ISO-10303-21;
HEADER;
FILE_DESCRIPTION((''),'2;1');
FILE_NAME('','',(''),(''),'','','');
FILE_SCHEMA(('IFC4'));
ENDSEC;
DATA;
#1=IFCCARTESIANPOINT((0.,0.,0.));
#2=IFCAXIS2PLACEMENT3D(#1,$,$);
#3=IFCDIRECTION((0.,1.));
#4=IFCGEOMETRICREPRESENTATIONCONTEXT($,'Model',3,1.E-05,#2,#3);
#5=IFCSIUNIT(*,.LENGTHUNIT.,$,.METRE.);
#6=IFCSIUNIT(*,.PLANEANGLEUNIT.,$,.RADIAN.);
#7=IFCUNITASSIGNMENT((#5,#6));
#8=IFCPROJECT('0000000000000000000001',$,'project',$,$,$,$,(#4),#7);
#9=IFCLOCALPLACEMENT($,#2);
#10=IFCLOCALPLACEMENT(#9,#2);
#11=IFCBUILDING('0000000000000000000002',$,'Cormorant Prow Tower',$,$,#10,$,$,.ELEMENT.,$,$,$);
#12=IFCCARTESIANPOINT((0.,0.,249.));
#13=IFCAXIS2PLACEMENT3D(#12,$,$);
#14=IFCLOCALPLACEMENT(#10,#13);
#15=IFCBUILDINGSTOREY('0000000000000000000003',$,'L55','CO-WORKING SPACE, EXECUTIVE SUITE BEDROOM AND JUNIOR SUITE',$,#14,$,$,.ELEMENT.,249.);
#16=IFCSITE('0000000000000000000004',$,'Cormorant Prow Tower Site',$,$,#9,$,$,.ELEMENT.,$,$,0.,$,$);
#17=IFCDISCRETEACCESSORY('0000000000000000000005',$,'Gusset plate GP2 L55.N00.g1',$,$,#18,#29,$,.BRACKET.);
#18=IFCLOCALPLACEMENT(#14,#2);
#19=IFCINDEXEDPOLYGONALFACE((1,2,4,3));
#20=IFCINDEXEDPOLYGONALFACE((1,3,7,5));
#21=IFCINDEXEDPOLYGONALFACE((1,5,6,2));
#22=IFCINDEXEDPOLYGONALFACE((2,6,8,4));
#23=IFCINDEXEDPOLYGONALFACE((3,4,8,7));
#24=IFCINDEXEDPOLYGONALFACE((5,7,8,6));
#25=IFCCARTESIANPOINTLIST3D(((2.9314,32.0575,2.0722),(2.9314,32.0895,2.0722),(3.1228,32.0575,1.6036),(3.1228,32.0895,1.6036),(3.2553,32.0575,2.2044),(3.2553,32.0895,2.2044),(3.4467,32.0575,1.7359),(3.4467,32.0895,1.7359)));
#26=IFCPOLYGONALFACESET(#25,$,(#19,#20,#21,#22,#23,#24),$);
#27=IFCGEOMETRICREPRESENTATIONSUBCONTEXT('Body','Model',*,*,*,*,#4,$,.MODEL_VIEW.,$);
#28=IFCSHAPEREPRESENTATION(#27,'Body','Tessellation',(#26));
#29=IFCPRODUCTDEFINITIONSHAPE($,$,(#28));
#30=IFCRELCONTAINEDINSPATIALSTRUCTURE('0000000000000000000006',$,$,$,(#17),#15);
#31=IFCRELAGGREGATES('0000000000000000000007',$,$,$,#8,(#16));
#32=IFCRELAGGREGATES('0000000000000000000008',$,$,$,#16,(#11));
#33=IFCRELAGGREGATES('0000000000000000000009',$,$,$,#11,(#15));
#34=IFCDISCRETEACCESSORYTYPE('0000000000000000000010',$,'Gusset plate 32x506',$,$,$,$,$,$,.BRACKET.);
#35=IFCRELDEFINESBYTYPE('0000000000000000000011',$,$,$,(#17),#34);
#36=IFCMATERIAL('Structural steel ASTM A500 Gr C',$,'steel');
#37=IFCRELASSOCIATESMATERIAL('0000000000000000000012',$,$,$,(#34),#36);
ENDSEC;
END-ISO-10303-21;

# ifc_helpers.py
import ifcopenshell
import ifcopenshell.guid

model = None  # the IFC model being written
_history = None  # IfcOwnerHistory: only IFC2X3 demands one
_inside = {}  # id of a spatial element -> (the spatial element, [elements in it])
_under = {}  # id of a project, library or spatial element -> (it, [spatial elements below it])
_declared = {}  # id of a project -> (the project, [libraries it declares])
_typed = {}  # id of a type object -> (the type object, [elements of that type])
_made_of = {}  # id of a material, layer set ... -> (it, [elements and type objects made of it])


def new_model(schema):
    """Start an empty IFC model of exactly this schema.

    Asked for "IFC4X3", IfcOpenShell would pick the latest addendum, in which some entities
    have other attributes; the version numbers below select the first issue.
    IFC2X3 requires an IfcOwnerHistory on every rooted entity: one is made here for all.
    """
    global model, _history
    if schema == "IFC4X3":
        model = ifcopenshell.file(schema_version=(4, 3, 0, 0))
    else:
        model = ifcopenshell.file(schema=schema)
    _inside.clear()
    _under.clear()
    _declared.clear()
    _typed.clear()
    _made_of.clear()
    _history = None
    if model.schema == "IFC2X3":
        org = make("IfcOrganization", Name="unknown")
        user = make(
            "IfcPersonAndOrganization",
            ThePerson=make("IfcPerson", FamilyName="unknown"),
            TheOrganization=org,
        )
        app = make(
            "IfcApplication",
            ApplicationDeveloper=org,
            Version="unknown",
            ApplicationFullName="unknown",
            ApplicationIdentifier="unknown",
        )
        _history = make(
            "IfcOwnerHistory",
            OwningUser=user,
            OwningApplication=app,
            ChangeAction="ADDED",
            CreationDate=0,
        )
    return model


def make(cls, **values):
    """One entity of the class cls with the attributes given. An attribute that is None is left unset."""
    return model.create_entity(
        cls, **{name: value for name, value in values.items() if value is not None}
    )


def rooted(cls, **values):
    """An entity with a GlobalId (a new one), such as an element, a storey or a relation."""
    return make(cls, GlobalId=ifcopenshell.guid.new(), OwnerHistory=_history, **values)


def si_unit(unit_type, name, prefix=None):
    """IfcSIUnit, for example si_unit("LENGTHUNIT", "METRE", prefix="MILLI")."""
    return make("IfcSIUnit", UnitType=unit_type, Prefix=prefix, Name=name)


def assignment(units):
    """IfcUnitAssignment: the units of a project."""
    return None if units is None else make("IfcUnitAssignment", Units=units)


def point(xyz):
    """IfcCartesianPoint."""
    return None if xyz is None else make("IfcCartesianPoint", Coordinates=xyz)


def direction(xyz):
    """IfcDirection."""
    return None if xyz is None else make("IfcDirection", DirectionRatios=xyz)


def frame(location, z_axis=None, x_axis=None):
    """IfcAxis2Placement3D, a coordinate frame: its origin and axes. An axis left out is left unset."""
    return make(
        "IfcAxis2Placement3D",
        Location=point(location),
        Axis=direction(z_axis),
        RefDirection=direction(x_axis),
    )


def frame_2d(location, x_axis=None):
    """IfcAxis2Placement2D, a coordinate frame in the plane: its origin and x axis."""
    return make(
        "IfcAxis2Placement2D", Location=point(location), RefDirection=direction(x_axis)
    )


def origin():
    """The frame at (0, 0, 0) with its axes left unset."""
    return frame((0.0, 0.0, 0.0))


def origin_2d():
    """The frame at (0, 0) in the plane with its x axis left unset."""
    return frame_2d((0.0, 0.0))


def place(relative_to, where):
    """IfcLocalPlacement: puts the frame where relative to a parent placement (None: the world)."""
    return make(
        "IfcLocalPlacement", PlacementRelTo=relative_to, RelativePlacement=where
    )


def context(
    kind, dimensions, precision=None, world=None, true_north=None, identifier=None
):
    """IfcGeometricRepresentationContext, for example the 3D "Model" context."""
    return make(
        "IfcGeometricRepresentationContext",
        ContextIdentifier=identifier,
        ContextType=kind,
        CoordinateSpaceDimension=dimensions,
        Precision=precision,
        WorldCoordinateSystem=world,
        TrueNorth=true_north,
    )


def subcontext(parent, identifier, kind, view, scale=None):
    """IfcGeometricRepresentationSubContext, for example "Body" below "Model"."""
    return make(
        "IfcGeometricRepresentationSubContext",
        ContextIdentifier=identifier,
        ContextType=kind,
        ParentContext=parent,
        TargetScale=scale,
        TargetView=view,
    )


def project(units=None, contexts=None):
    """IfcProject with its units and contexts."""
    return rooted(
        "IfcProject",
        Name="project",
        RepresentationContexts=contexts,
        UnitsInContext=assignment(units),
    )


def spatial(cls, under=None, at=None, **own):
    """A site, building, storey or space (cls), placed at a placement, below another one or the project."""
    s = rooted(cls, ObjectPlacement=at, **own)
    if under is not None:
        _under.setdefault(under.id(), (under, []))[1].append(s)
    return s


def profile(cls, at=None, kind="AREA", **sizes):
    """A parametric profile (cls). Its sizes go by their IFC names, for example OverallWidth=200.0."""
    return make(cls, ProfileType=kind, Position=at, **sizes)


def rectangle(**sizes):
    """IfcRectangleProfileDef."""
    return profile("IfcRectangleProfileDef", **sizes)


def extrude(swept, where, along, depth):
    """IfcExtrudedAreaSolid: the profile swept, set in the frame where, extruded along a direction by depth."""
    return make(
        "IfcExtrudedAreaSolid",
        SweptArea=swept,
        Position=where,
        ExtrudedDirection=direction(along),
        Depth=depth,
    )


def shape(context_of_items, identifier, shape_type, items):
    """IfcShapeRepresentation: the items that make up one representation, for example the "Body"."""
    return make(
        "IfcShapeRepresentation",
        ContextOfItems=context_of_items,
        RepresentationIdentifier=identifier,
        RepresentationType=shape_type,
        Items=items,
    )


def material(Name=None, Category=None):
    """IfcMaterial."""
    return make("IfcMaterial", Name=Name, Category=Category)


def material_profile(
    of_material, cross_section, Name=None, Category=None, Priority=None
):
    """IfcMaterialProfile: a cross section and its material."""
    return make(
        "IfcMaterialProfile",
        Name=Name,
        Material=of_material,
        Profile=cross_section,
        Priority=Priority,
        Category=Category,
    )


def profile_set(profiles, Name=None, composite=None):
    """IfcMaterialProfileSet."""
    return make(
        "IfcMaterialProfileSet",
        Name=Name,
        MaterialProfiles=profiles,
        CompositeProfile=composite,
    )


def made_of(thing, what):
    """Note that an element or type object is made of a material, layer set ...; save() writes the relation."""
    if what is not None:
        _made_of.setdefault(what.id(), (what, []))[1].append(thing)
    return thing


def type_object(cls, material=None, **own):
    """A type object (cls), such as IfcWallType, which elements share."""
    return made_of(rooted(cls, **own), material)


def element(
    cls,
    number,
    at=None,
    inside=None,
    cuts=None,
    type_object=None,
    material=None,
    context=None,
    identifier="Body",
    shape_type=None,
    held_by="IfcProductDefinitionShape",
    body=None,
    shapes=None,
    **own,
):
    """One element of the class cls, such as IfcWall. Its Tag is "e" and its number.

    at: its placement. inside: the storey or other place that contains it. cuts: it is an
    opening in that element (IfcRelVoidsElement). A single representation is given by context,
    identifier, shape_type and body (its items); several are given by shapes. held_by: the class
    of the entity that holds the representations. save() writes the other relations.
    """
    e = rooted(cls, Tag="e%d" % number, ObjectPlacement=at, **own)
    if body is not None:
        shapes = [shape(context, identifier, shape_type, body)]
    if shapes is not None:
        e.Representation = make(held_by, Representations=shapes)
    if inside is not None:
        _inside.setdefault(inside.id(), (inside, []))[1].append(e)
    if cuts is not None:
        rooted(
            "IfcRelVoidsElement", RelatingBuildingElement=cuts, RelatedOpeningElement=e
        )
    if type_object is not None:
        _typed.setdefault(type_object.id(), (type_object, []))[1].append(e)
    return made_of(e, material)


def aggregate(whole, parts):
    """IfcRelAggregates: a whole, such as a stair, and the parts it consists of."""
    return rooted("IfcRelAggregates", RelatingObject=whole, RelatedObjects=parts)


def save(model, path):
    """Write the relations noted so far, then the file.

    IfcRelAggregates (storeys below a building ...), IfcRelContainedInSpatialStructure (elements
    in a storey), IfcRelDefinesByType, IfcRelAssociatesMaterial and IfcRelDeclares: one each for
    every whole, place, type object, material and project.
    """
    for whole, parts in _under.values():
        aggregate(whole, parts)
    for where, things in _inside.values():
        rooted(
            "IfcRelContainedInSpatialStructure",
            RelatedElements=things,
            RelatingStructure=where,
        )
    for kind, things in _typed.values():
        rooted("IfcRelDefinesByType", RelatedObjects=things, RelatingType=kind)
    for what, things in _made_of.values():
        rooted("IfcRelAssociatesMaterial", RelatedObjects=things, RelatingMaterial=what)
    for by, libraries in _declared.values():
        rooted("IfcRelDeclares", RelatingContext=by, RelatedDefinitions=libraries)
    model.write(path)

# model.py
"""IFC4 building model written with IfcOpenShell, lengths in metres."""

from ifc_helpers import new_model, si_unit, direction, frame, origin, origin_2d, place, context, subcontext, project, spatial, rectangle, extrude, material, material_profile, profile_set, type_object, element, save


model = new_model("IFC4")

# Units and contexts
model_context = context("Model", 3, precision=1e-05, world=origin(), true_north=direction((0.0, 1.0)))
body_context = subcontext(model_context, "Body", "Model", "MODEL_VIEW")
ifc_project = project(units=[si_unit("LENGTHUNIT", "METRE"), si_unit("PLANEANGLEUNIT", "RADIAN")], contexts=[model_context])

# Site, building, storey
site_placement = place(None, origin())
site = spatial("IfcSite", under=ifc_project, at=site_placement, Name="Cormorant Prow Tower Site", CompositionType="ELEMENT", RefElevation=0.0)
building_placement = place(site_placement, origin())
building = spatial("IfcBuilding", under=site, at=building_placement, Name="Cormorant Prow Tower", CompositionType="ELEMENT")
storey_placement = place(building_placement, frame((0.0, 0.0, 249.0)))
storey = spatial("IfcBuildingStorey", under=building, at=storey_placement, Name="L55", Description="CO-WORKING SPACE, EXECUTIVE SUITE BEDROOM AND JUNIOR SUITE", CompositionType="ELEMENT", Elevation=249.0)

# Discrete accessory
ifc_material_1 = material(Name="Structural steel ASTM A500 Gr C", Category="steel")
ifc_material_profile_1 = material_profile(ifc_material_1, rectangle(XDim=0.032, YDim=0.5061, at=origin_2d()), Name="Gusset plate 32x506")
ifc_profile_set_1 = profile_set([ifc_material_profile_1], Name="Structural steel ASTM A500 Gr C")
discrete_accessory_type = type_object("IfcDiscreteAccessoryType", Name="Gusset plate 32x506", PredefinedType="BRACKET", material=ifc_profile_set_1)
discrete_accessory_1_placement = place(storey_placement, frame((3.0271, 32.0735, 1.8379), z_axis=(0.925758, 0.0, 0.378117), x_axis=(0.0, 1.0, 0.0)))
element("IfcDiscreteAccessory", 1, at=discrete_accessory_1_placement, inside=storey, type_object=discrete_accessory_type, Name="Gusset plate GP2 L55.N00.g1", PredefinedType="BRACKET", context=body_context, shape_type="SweptSolid", body=[
    extrude(rectangle(XDim=0.032, YDim=0.5061, at=origin_2d()), origin(), (0.0, 0.0, 1.0), 0.3499),
])

save(model, "model.ifc")
